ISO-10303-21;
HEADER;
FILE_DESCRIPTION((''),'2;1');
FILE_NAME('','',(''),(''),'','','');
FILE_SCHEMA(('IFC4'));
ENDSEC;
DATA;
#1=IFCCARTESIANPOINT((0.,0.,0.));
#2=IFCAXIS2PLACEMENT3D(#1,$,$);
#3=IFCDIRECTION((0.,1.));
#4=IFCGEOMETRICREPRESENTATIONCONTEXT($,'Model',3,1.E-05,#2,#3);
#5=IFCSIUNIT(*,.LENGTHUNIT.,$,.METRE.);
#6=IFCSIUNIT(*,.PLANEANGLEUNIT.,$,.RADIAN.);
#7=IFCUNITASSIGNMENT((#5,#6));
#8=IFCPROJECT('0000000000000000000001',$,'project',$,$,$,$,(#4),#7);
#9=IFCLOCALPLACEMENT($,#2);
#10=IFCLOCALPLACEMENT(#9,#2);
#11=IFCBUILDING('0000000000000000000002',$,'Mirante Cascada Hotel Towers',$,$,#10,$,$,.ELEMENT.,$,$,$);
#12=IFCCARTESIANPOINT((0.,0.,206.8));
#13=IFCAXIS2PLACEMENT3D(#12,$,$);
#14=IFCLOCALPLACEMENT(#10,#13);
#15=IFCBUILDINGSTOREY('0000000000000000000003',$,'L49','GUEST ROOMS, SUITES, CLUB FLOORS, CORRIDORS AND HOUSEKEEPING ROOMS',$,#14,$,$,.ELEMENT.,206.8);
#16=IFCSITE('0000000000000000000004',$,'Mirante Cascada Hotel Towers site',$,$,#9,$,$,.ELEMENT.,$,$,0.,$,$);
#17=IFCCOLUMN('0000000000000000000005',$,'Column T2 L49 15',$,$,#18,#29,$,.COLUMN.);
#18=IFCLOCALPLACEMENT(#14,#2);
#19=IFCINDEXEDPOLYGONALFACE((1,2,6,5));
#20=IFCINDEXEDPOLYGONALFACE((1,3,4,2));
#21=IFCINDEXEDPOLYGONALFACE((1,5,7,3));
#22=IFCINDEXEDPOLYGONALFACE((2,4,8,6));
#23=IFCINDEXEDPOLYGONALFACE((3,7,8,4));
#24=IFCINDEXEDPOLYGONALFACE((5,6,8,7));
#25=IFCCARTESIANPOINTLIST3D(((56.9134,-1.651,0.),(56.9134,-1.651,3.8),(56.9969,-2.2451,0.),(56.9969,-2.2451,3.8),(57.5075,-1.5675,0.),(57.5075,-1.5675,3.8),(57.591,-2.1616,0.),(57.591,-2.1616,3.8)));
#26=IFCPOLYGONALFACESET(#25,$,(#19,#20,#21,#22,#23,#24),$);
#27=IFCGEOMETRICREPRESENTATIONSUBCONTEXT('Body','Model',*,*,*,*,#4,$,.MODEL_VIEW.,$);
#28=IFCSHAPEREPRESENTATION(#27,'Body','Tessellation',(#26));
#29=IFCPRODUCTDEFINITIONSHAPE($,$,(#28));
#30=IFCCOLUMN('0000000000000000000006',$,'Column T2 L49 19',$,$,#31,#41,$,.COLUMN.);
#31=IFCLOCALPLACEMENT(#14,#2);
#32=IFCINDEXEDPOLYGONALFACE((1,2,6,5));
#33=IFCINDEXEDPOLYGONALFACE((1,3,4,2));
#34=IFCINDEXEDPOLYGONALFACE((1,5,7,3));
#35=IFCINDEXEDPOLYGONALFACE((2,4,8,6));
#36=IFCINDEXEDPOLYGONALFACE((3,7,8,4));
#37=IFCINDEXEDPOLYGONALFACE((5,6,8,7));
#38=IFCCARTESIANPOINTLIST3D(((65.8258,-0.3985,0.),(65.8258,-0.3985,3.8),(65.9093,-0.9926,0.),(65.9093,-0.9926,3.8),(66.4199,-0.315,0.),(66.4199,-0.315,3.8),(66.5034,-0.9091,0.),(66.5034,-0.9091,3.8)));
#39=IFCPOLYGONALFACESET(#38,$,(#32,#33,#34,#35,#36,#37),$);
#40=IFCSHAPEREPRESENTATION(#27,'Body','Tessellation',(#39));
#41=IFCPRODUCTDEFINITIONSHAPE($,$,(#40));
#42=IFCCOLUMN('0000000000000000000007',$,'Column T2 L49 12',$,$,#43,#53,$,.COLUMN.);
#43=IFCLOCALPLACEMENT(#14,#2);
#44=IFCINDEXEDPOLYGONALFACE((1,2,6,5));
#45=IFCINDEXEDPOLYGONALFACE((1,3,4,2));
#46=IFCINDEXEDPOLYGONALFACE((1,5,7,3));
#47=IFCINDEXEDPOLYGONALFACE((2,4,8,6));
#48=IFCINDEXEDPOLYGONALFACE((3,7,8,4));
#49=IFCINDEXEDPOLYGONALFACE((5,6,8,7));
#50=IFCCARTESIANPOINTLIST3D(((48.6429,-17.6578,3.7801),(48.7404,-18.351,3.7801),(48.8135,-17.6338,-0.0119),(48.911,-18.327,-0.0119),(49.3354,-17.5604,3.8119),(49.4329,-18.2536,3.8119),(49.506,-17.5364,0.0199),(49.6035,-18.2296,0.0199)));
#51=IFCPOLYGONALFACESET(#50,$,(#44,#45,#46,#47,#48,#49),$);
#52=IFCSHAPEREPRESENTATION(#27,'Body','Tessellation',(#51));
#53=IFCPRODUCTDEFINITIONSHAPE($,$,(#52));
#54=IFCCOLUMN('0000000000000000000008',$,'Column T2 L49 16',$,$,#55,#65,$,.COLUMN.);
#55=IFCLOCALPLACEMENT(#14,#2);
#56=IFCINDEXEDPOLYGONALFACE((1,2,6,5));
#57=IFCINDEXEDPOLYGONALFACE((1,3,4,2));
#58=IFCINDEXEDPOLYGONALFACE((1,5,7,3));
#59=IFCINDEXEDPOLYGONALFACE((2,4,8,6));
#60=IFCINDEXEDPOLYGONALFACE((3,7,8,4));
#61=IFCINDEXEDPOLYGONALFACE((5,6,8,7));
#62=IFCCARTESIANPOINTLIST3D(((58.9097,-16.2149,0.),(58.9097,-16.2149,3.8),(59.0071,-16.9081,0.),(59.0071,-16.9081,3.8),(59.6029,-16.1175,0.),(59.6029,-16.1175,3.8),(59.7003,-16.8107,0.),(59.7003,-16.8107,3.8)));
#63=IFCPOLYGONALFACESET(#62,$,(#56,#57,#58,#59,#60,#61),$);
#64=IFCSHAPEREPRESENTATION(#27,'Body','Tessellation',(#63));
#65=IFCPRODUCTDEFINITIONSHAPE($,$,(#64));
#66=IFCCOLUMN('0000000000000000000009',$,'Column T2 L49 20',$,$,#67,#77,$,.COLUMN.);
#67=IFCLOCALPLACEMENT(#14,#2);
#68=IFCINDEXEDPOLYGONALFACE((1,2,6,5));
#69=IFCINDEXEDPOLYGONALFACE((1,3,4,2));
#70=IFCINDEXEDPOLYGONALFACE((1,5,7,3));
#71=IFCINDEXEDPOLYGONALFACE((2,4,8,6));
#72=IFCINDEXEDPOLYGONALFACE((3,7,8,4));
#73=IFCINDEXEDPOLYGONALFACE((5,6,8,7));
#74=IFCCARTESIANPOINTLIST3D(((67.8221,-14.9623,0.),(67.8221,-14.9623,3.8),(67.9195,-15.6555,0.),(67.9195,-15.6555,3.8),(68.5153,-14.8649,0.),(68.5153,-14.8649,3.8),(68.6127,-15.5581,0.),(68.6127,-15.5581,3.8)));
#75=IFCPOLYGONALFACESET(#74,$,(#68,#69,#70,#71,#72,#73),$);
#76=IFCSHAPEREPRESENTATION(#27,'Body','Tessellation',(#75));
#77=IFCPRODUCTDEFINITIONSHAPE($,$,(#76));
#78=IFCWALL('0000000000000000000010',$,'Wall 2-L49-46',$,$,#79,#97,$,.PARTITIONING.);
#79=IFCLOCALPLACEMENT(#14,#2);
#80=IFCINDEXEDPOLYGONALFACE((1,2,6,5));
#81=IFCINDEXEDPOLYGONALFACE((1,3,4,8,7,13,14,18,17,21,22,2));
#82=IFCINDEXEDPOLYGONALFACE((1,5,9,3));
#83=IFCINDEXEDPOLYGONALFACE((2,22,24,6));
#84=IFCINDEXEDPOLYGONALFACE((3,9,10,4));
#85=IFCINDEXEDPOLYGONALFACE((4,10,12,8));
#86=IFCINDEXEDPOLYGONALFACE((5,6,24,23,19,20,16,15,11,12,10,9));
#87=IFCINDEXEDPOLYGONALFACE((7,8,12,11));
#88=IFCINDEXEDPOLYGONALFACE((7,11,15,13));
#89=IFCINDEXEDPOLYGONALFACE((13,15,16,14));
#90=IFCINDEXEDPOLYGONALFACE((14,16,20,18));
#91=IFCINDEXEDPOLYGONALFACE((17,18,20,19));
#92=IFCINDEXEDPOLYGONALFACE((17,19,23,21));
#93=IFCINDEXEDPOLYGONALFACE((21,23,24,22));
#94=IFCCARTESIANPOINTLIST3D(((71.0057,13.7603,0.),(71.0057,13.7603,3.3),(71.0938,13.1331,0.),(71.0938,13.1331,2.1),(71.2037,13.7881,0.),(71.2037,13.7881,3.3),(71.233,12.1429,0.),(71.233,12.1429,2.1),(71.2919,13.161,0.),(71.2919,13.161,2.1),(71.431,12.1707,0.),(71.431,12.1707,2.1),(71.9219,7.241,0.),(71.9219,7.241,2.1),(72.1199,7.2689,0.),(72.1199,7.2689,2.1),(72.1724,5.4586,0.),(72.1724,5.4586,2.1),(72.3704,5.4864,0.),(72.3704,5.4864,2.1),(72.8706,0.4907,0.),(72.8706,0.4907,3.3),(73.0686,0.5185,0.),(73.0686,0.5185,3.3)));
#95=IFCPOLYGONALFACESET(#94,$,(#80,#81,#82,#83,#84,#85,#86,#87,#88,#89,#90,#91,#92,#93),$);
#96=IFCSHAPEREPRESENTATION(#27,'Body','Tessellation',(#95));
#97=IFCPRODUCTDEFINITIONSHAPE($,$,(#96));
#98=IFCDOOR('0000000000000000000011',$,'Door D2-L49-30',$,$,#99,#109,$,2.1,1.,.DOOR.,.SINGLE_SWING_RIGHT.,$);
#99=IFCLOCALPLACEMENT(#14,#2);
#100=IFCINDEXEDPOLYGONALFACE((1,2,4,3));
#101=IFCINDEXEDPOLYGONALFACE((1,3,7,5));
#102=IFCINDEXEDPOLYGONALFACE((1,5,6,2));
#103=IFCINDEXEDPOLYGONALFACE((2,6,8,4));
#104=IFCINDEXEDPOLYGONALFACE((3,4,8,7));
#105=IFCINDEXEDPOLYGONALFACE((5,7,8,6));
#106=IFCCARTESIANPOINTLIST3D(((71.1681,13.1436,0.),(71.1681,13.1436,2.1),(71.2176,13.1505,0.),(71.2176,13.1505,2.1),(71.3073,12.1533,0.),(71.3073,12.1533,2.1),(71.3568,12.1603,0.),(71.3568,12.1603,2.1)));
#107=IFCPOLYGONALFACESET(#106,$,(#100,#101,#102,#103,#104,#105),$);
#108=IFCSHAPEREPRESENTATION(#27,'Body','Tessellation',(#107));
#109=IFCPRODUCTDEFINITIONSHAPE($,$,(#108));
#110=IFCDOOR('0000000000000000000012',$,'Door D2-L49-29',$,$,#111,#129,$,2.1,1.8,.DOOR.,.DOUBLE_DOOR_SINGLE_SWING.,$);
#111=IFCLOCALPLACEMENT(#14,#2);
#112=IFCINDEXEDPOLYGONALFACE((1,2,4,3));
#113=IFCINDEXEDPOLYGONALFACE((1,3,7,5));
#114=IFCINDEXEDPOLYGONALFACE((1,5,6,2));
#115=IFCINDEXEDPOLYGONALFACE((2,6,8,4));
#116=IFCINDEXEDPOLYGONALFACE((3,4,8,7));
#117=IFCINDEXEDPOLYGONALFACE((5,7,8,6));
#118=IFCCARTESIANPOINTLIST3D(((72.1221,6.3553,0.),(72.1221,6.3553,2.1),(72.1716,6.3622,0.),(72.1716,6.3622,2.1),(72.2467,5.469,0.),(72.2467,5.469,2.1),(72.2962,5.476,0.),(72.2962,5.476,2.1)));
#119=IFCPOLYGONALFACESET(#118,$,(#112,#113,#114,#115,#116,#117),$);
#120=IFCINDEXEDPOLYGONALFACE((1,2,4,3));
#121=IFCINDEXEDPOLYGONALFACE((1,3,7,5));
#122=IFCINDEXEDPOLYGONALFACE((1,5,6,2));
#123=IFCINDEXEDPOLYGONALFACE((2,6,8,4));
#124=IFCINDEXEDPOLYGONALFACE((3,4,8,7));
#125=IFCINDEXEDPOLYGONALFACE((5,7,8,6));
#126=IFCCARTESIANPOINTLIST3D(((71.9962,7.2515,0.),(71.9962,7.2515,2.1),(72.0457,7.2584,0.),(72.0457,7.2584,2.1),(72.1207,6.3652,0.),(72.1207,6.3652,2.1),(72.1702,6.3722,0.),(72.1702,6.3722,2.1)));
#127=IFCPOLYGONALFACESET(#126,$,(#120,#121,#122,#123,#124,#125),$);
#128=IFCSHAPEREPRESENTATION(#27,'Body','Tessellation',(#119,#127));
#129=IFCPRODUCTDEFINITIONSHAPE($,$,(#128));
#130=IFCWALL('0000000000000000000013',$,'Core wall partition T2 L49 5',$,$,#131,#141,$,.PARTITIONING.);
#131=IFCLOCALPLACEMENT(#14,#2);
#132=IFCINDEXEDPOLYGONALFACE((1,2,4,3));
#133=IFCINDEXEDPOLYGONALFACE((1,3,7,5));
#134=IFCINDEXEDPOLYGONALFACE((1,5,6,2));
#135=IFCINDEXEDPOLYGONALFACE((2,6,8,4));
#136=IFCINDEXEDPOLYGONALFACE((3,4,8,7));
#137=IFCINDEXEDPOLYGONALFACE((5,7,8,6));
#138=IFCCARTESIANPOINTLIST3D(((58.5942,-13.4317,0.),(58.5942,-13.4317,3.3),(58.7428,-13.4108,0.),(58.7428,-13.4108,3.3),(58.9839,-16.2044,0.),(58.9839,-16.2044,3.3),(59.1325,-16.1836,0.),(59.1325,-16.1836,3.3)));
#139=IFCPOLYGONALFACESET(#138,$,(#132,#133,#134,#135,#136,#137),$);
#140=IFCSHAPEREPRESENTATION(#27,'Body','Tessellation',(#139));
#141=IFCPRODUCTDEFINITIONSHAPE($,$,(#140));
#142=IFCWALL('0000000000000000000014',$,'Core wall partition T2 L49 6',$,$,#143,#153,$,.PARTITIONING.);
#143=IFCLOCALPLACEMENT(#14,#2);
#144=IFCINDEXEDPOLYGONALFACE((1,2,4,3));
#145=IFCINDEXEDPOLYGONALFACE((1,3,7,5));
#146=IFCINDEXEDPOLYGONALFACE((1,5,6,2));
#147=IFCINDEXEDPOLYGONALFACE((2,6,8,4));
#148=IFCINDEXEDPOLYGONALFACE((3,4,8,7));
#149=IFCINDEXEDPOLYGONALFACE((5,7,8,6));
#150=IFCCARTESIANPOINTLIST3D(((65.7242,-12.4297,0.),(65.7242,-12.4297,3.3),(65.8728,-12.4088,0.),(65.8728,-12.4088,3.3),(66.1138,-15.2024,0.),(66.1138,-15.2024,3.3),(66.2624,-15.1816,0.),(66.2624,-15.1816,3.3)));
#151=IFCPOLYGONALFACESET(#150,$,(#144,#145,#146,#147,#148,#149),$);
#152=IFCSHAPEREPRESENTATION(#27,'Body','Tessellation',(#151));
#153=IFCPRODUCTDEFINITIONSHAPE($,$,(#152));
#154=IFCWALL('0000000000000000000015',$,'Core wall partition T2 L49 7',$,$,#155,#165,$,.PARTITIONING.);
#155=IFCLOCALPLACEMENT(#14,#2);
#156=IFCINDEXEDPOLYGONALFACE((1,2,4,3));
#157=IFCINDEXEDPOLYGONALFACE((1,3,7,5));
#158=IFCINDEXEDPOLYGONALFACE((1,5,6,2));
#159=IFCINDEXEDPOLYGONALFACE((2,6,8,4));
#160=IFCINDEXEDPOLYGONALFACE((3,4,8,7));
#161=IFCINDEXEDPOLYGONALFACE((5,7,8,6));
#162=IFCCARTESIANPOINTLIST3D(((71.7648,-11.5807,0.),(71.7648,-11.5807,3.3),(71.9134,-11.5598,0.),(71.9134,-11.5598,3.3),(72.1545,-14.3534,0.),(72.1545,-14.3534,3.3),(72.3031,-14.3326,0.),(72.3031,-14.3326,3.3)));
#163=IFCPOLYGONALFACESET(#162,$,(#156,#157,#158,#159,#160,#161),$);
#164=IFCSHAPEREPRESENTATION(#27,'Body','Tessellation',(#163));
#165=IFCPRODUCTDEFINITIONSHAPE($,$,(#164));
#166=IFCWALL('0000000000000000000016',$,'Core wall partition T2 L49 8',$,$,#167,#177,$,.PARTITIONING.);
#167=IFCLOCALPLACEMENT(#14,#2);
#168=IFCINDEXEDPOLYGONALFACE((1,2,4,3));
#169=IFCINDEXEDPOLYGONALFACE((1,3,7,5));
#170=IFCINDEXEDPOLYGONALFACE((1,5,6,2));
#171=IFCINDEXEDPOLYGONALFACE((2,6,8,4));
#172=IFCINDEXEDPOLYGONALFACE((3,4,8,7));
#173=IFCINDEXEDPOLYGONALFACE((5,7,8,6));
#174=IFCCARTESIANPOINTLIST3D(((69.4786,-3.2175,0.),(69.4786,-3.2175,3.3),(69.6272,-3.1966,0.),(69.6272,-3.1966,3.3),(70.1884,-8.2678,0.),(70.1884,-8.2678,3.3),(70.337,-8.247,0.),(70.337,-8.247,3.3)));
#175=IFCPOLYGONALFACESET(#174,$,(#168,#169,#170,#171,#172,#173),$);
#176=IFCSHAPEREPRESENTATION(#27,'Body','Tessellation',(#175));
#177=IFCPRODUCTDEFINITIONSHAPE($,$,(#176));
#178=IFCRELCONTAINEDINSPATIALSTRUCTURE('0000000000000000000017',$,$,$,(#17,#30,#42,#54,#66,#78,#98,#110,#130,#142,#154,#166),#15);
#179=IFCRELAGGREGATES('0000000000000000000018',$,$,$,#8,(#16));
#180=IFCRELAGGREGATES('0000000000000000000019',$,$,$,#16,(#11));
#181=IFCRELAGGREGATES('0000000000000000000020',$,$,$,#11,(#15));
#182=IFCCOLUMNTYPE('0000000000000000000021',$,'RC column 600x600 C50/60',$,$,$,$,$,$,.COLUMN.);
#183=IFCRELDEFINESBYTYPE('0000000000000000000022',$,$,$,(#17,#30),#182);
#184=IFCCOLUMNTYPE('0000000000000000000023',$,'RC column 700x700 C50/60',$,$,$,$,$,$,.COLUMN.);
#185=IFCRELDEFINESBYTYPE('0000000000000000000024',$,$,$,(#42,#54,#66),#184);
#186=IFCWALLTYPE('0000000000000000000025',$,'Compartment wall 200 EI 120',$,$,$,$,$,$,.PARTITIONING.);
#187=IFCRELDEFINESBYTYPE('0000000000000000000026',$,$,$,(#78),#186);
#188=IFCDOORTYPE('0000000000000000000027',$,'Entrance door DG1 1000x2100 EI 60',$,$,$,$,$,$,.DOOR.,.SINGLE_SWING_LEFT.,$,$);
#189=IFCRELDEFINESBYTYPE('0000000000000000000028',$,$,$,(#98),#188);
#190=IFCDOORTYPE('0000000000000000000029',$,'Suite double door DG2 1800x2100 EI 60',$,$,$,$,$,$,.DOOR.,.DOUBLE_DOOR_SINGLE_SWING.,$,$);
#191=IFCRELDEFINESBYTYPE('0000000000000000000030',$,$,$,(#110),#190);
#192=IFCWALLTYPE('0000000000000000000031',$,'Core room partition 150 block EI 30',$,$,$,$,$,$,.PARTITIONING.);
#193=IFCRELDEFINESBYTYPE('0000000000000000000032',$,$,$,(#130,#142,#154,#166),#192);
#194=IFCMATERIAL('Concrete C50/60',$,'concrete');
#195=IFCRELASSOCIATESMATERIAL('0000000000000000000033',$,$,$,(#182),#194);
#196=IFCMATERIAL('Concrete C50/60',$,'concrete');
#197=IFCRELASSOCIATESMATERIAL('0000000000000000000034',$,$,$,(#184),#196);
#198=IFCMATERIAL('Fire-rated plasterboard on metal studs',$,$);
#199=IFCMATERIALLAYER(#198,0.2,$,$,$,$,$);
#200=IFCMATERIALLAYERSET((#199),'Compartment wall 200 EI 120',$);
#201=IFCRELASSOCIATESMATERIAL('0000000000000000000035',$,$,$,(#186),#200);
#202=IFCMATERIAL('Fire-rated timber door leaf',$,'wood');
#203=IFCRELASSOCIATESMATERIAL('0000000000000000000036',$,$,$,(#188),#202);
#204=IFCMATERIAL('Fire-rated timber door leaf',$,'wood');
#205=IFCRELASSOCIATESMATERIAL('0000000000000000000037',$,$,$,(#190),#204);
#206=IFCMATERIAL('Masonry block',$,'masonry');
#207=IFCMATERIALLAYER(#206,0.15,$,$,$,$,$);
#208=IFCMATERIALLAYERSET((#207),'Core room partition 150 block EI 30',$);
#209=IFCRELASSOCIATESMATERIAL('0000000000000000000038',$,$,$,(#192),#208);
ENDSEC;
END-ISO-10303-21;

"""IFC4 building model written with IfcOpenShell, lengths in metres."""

from ifc_helpers import new_model, si_unit, direction, frame, frame_2d, origin, origin_2d, place, context, subcontext, project, spatial, rectangle, extrude, material, layer, layer_set, material_profile, profile_set, type_object, element, fill, save


model = new_model("IFC4")

# Units and contexts
model_context = context("Model", 3, precision=1e-05, world=origin(), true_north=direction((0.0, 1.0)))
body_context = subcontext(model_context, "Body", "Model", "MODEL_VIEW")
ifc_project = project(units=[si_unit("LENGTHUNIT", "METRE"), si_unit("PLANEANGLEUNIT", "RADIAN")], contexts=[model_context])

# Site, building, storey
site_placement = place(None, origin())
site = spatial("IfcSite", under=ifc_project, at=site_placement, Name="Mirante Cascada Hotel Towers site", CompositionType="ELEMENT", RefElevation=0.0)
building_placement = place(site_placement, origin())
building = spatial("IfcBuilding", under=site, at=building_placement, Name="Mirante Cascada Hotel Towers", CompositionType="ELEMENT")
storey_placement = place(building_placement, frame((0.0, 0.0, 206.8)))
storey = spatial("IfcBuildingStorey", under=building, at=storey_placement, Name="L49", Description="GUEST ROOMS, SUITES, CLUB FLOORS, CORRIDORS AND HOUSEKEEPING ROOMS", CompositionType="ELEMENT", Elevation=206.8)

# Columns
ifc_material_1 = material(Name="Concrete C50/60", Category="concrete")
ifc_material_profile_1 = material_profile(ifc_material_1, rectangle(XDim=0.6, YDim=0.6, at=origin_2d()), Name="RC column 600x600 C50/60")
ifc_profile_set_1 = profile_set([ifc_material_profile_1], Name="Concrete C50/60")
column_type_1 = type_object("IfcColumnType", Name="RC column 600x600 C50/60", PredefinedType="COLUMN", material=ifc_profile_set_1)
for number, where, z_axis, x_axis, name in (
    (1, (57.2522, -1.9063, 0.0), (0.0, 0.0, 1.0), (0.990268, 0.139173, 0.0), "Column T2 L49 15"),
    (2, (66.1646, -0.6538, 0.0), (0.0, 0.0, 1.0), (0.990268, 0.139173, 0.0), "Column T2 L49 19"),
):
    element("IfcColumn", number, at=place(storey_placement, frame(where, z_axis=z_axis, x_axis=x_axis)), inside=storey, type_object=column_type_1, Name=name, PredefinedType="COLUMN", context=body_context, shape_type="SweptSolid", body=[
        extrude(rectangle(XDim=0.6, YDim=0.6, at=origin_2d()), origin(), (0.0, 0.0, 1.0), 3.8),
    ])
ifc_material_2 = material(Name="Concrete C50/60", Category="concrete")
ifc_material_profile_2 = material_profile(ifc_material_2, rectangle(XDim=0.7, YDim=0.7, at=origin_2d()), Name="RC column 700x700 C50/60")
ifc_profile_set_2 = profile_set([ifc_material_profile_2], Name="Concrete C50/60")
column_type_2 = type_object("IfcColumnType", Name="RC column 700x700 C50/60", PredefinedType="COLUMN", material=ifc_profile_set_2)
column_placement = place(storey_placement, frame((49.2085, -17.9317, 0.004), z_axis=(-0.044943, -0.006323, 0.998969), x_axis=(0.139308, -0.990249, 0.0)))
element("IfcColumn", 3, at=column_placement, inside=storey, type_object=column_type_2, Name="Column T2 L49 12", PredefinedType="COLUMN", context=body_context, shape_type="SweptSolid", body=[
    extrude(rectangle(XDim=0.7, YDim=0.7, at=origin_2d()), origin(), (0.0, 0.0, 1.0), 3.7959),
])
for number, where, z_axis, x_axis, name in (
    (4, (59.305, -16.5128, 0.0), (0.0, 0.0, 1.0), (0.990268, 0.139173, 0.0), "Column T2 L49 16"),
    (5, (68.2174, -15.2602, 0.0), (0.0, 0.0, 1.0), (0.990268, 0.139173, 0.0), "Column T2 L49 20"),
):
    element("IfcColumn", number, at=place(storey_placement, frame(where, z_axis=z_axis, x_axis=x_axis)), inside=storey, type_object=column_type_2, Name=name, PredefinedType="COLUMN", context=body_context, shape_type="SweptSolid", body=[
        extrude(rectangle(XDim=0.7, YDim=0.7, at=origin_2d()), origin(), (0.0, 0.0, 1.0), 3.8),
    ])

# Wall, openings, doors
ifc_material_3 = material(Name="Fire-rated plasterboard on metal studs")
ifc_layer_1 = layer(ifc_material_3, 0.2)
ifc_layer_set_1 = layer_set([ifc_layer_1], Name="Compartment wall 200 EI 120")
wall_type_1 = type_object("IfcWallType", Name="Compartment wall 200 EI 120", PredefinedType="PARTITIONING", material=ifc_layer_set_1)
wall_1_placement = place(storey_placement, frame((72.9696, 0.5046, 0.0), z_axis=(0.0, 0.0, 1.0), x_axis=(-0.139172, 0.990268, 0.0)))
wall_1 = element("IfcWall", 6, at=wall_1_placement, inside=storey, type_object=wall_type_1, Name="Wall 2-L49-46", PredefinedType="PARTITIONING", context=body_context, shape_type="SweptSolid", body=[
    extrude(rectangle(XDim=13.4, YDim=0.2, at=frame_2d((6.7, 0.0))), origin(), (0.0, 0.0, 1.0), 3.3),
])
opening_1_placement = place(wall_1_placement, frame((5.0167, 0.0, 0.0)))
opening_1 = element("IfcOpeningElement", 7, at=opening_1_placement, cuts=wall_1, PredefinedType="OPENING", context=body_context, shape_type="SweptSolid", body=[
    extrude(rectangle(XDim=1.8, YDim=2.1, at=frame_2d((0.9, 1.05))), frame((0.0, 0.1, 0.0), z_axis=(0.0, -1.0, 0.0), x_axis=(1.0, 0.0, 0.0)), (0.0, 0.0, 1.0), 0.2),
])
opening_2_placement = place(wall_1_placement, frame((11.7667, 0.0, 0.0)))
opening_2 = element("IfcOpeningElement", 8, at=opening_2_placement, cuts=wall_1, PredefinedType="OPENING", context=body_context, shape_type="SweptSolid", body=[
    extrude(rectangle(XDim=1.0, YDim=2.1, at=frame_2d((0.5, 1.05))), frame((0.0, 0.1, 0.0), z_axis=(0.0, -1.0, 0.0), x_axis=(1.0, 0.0, 0.0)), (0.0, 0.0, 1.0), 0.2),
])
ifc_material_4 = material(Name="Fire-rated timber door leaf", Category="wood")
door_type_1 = type_object("IfcDoorType", Name="Entrance door DG1 1000x2100 EI 60", OperationType="SINGLE_SWING_LEFT", PredefinedType="DOOR", material=ifc_material_4)
door_1_placement = place(opening_2_placement, frame((1.0, 0.0, 0.0), z_axis=(0.0, 0.0, 1.0), x_axis=(-1.0, 0.0, 0.0)))
door_1 = element("IfcDoor", 9, at=door_1_placement, inside=storey, type_object=door_type_1, Name="Door D2-L49-30", OperationType="SINGLE_SWING_RIGHT", OverallHeight=2.1, OverallWidth=1.0, PredefinedType="DOOR", context=body_context, shape_type="SweptSolid", body=[
    extrude(rectangle(XDim=1.0, YDim=2.1, at=frame_2d((0.5, 1.05))), frame((0.0, 0.025, 0.0), z_axis=(0.0, -1.0, 0.0), x_axis=(1.0, 0.0, 0.0)), (0.0, 0.0, 1.0), 0.05),
])
fill(opening_2, door_1)
ifc_material_5 = material(Name="Fire-rated timber door leaf", Category="wood")
door_type_2 = type_object("IfcDoorType", Name="Suite double door DG2 1800x2100 EI 60", OperationType="DOUBLE_DOOR_SINGLE_SWING", PredefinedType="DOOR", material=ifc_material_5)
door_2_placement = place(opening_1_placement, origin())
door_2 = element("IfcDoor", 10, at=door_2_placement, inside=storey, type_object=door_type_2, Name="Door D2-L49-29", OperationType="DOUBLE_DOOR_SINGLE_SWING", OverallHeight=2.1, OverallWidth=1.8, PredefinedType="DOOR", context=body_context, shape_type="SweptSolid", body=[
    extrude(rectangle(XDim=0.895, YDim=2.1, at=frame_2d((0.4475, 1.05))), frame((0.0, 0.025, 0.0), z_axis=(0.0, -1.0, 0.0), x_axis=(1.0, 0.0, 0.0)), (0.0, 0.0, 1.0), 0.05),
    extrude(rectangle(XDim=0.895, YDim=2.1, at=frame_2d((1.3525, 1.05))), frame((0.0, 0.025, 0.0), z_axis=(0.0, -1.0, 0.0), x_axis=(1.0, 0.0, 0.0)), (0.0, 0.0, 1.0), 0.05),
])
fill(opening_1, door_2)

# Walls
ifc_material_6 = material(Name="Masonry block", Category="masonry")
ifc_layer_2 = layer(ifc_material_6, 0.15)
ifc_layer_set_2 = layer_set([ifc_layer_2], Name="Core room partition 150 block EI 30")
wall_type_2 = type_object("IfcWallType", Name="Core room partition 150 block EI 30", PredefinedType="PARTITIONING", material=ifc_layer_set_2)
for number, where, z_axis, x_axis, name in (
    (11, (59.0582, -16.194, 0.0), (0.0, 0.0, 1.0), (-0.139181, 0.990267, 0.0), "Core wall partition T2 L49 5"),
    (12, (66.1881, -15.192, 0.0), (0.0, 0.0, 1.0), (-0.139141, 0.990273, 0.0), "Core wall partition T2 L49 6"),
    (13, (72.2288, -14.343, 0.0), (0.0, 0.0, 1.0), (-0.139181, 0.990267, 0.0), "Core wall partition T2 L49 7"),
):
    element("IfcWall", number, at=place(storey_placement, frame(where, z_axis=z_axis, x_axis=x_axis)), inside=storey, type_object=wall_type_2, Name=name, PredefinedType="PARTITIONING", context=body_context, shape_type="SweptSolid", body=[
        extrude(rectangle(XDim=2.8, YDim=0.15, at=frame_2d((1.4, 0.0))), origin(), (0.0, 0.0, 1.0), 3.3),
    ])
wall_2_placement = place(storey_placement, frame((70.2627, -8.2574, 0.0), z_axis=(0.0, 0.0, 1.0), x_axis=(-0.139176, 0.990268, 0.0)))
element("IfcWall", 14, at=wall_2_placement, inside=storey, type_object=wall_type_2, Name="Core wall partition T2 L49 8", PredefinedType="PARTITIONING", context=body_context, shape_type="SweptSolid", body=[
    extrude(rectangle(XDim=5.1, YDim=0.15, at=frame_2d((2.55, 0.0))), origin(), (0.0, 0.0, 1.0), 3.3),
])

save(model, "model.ifc")
